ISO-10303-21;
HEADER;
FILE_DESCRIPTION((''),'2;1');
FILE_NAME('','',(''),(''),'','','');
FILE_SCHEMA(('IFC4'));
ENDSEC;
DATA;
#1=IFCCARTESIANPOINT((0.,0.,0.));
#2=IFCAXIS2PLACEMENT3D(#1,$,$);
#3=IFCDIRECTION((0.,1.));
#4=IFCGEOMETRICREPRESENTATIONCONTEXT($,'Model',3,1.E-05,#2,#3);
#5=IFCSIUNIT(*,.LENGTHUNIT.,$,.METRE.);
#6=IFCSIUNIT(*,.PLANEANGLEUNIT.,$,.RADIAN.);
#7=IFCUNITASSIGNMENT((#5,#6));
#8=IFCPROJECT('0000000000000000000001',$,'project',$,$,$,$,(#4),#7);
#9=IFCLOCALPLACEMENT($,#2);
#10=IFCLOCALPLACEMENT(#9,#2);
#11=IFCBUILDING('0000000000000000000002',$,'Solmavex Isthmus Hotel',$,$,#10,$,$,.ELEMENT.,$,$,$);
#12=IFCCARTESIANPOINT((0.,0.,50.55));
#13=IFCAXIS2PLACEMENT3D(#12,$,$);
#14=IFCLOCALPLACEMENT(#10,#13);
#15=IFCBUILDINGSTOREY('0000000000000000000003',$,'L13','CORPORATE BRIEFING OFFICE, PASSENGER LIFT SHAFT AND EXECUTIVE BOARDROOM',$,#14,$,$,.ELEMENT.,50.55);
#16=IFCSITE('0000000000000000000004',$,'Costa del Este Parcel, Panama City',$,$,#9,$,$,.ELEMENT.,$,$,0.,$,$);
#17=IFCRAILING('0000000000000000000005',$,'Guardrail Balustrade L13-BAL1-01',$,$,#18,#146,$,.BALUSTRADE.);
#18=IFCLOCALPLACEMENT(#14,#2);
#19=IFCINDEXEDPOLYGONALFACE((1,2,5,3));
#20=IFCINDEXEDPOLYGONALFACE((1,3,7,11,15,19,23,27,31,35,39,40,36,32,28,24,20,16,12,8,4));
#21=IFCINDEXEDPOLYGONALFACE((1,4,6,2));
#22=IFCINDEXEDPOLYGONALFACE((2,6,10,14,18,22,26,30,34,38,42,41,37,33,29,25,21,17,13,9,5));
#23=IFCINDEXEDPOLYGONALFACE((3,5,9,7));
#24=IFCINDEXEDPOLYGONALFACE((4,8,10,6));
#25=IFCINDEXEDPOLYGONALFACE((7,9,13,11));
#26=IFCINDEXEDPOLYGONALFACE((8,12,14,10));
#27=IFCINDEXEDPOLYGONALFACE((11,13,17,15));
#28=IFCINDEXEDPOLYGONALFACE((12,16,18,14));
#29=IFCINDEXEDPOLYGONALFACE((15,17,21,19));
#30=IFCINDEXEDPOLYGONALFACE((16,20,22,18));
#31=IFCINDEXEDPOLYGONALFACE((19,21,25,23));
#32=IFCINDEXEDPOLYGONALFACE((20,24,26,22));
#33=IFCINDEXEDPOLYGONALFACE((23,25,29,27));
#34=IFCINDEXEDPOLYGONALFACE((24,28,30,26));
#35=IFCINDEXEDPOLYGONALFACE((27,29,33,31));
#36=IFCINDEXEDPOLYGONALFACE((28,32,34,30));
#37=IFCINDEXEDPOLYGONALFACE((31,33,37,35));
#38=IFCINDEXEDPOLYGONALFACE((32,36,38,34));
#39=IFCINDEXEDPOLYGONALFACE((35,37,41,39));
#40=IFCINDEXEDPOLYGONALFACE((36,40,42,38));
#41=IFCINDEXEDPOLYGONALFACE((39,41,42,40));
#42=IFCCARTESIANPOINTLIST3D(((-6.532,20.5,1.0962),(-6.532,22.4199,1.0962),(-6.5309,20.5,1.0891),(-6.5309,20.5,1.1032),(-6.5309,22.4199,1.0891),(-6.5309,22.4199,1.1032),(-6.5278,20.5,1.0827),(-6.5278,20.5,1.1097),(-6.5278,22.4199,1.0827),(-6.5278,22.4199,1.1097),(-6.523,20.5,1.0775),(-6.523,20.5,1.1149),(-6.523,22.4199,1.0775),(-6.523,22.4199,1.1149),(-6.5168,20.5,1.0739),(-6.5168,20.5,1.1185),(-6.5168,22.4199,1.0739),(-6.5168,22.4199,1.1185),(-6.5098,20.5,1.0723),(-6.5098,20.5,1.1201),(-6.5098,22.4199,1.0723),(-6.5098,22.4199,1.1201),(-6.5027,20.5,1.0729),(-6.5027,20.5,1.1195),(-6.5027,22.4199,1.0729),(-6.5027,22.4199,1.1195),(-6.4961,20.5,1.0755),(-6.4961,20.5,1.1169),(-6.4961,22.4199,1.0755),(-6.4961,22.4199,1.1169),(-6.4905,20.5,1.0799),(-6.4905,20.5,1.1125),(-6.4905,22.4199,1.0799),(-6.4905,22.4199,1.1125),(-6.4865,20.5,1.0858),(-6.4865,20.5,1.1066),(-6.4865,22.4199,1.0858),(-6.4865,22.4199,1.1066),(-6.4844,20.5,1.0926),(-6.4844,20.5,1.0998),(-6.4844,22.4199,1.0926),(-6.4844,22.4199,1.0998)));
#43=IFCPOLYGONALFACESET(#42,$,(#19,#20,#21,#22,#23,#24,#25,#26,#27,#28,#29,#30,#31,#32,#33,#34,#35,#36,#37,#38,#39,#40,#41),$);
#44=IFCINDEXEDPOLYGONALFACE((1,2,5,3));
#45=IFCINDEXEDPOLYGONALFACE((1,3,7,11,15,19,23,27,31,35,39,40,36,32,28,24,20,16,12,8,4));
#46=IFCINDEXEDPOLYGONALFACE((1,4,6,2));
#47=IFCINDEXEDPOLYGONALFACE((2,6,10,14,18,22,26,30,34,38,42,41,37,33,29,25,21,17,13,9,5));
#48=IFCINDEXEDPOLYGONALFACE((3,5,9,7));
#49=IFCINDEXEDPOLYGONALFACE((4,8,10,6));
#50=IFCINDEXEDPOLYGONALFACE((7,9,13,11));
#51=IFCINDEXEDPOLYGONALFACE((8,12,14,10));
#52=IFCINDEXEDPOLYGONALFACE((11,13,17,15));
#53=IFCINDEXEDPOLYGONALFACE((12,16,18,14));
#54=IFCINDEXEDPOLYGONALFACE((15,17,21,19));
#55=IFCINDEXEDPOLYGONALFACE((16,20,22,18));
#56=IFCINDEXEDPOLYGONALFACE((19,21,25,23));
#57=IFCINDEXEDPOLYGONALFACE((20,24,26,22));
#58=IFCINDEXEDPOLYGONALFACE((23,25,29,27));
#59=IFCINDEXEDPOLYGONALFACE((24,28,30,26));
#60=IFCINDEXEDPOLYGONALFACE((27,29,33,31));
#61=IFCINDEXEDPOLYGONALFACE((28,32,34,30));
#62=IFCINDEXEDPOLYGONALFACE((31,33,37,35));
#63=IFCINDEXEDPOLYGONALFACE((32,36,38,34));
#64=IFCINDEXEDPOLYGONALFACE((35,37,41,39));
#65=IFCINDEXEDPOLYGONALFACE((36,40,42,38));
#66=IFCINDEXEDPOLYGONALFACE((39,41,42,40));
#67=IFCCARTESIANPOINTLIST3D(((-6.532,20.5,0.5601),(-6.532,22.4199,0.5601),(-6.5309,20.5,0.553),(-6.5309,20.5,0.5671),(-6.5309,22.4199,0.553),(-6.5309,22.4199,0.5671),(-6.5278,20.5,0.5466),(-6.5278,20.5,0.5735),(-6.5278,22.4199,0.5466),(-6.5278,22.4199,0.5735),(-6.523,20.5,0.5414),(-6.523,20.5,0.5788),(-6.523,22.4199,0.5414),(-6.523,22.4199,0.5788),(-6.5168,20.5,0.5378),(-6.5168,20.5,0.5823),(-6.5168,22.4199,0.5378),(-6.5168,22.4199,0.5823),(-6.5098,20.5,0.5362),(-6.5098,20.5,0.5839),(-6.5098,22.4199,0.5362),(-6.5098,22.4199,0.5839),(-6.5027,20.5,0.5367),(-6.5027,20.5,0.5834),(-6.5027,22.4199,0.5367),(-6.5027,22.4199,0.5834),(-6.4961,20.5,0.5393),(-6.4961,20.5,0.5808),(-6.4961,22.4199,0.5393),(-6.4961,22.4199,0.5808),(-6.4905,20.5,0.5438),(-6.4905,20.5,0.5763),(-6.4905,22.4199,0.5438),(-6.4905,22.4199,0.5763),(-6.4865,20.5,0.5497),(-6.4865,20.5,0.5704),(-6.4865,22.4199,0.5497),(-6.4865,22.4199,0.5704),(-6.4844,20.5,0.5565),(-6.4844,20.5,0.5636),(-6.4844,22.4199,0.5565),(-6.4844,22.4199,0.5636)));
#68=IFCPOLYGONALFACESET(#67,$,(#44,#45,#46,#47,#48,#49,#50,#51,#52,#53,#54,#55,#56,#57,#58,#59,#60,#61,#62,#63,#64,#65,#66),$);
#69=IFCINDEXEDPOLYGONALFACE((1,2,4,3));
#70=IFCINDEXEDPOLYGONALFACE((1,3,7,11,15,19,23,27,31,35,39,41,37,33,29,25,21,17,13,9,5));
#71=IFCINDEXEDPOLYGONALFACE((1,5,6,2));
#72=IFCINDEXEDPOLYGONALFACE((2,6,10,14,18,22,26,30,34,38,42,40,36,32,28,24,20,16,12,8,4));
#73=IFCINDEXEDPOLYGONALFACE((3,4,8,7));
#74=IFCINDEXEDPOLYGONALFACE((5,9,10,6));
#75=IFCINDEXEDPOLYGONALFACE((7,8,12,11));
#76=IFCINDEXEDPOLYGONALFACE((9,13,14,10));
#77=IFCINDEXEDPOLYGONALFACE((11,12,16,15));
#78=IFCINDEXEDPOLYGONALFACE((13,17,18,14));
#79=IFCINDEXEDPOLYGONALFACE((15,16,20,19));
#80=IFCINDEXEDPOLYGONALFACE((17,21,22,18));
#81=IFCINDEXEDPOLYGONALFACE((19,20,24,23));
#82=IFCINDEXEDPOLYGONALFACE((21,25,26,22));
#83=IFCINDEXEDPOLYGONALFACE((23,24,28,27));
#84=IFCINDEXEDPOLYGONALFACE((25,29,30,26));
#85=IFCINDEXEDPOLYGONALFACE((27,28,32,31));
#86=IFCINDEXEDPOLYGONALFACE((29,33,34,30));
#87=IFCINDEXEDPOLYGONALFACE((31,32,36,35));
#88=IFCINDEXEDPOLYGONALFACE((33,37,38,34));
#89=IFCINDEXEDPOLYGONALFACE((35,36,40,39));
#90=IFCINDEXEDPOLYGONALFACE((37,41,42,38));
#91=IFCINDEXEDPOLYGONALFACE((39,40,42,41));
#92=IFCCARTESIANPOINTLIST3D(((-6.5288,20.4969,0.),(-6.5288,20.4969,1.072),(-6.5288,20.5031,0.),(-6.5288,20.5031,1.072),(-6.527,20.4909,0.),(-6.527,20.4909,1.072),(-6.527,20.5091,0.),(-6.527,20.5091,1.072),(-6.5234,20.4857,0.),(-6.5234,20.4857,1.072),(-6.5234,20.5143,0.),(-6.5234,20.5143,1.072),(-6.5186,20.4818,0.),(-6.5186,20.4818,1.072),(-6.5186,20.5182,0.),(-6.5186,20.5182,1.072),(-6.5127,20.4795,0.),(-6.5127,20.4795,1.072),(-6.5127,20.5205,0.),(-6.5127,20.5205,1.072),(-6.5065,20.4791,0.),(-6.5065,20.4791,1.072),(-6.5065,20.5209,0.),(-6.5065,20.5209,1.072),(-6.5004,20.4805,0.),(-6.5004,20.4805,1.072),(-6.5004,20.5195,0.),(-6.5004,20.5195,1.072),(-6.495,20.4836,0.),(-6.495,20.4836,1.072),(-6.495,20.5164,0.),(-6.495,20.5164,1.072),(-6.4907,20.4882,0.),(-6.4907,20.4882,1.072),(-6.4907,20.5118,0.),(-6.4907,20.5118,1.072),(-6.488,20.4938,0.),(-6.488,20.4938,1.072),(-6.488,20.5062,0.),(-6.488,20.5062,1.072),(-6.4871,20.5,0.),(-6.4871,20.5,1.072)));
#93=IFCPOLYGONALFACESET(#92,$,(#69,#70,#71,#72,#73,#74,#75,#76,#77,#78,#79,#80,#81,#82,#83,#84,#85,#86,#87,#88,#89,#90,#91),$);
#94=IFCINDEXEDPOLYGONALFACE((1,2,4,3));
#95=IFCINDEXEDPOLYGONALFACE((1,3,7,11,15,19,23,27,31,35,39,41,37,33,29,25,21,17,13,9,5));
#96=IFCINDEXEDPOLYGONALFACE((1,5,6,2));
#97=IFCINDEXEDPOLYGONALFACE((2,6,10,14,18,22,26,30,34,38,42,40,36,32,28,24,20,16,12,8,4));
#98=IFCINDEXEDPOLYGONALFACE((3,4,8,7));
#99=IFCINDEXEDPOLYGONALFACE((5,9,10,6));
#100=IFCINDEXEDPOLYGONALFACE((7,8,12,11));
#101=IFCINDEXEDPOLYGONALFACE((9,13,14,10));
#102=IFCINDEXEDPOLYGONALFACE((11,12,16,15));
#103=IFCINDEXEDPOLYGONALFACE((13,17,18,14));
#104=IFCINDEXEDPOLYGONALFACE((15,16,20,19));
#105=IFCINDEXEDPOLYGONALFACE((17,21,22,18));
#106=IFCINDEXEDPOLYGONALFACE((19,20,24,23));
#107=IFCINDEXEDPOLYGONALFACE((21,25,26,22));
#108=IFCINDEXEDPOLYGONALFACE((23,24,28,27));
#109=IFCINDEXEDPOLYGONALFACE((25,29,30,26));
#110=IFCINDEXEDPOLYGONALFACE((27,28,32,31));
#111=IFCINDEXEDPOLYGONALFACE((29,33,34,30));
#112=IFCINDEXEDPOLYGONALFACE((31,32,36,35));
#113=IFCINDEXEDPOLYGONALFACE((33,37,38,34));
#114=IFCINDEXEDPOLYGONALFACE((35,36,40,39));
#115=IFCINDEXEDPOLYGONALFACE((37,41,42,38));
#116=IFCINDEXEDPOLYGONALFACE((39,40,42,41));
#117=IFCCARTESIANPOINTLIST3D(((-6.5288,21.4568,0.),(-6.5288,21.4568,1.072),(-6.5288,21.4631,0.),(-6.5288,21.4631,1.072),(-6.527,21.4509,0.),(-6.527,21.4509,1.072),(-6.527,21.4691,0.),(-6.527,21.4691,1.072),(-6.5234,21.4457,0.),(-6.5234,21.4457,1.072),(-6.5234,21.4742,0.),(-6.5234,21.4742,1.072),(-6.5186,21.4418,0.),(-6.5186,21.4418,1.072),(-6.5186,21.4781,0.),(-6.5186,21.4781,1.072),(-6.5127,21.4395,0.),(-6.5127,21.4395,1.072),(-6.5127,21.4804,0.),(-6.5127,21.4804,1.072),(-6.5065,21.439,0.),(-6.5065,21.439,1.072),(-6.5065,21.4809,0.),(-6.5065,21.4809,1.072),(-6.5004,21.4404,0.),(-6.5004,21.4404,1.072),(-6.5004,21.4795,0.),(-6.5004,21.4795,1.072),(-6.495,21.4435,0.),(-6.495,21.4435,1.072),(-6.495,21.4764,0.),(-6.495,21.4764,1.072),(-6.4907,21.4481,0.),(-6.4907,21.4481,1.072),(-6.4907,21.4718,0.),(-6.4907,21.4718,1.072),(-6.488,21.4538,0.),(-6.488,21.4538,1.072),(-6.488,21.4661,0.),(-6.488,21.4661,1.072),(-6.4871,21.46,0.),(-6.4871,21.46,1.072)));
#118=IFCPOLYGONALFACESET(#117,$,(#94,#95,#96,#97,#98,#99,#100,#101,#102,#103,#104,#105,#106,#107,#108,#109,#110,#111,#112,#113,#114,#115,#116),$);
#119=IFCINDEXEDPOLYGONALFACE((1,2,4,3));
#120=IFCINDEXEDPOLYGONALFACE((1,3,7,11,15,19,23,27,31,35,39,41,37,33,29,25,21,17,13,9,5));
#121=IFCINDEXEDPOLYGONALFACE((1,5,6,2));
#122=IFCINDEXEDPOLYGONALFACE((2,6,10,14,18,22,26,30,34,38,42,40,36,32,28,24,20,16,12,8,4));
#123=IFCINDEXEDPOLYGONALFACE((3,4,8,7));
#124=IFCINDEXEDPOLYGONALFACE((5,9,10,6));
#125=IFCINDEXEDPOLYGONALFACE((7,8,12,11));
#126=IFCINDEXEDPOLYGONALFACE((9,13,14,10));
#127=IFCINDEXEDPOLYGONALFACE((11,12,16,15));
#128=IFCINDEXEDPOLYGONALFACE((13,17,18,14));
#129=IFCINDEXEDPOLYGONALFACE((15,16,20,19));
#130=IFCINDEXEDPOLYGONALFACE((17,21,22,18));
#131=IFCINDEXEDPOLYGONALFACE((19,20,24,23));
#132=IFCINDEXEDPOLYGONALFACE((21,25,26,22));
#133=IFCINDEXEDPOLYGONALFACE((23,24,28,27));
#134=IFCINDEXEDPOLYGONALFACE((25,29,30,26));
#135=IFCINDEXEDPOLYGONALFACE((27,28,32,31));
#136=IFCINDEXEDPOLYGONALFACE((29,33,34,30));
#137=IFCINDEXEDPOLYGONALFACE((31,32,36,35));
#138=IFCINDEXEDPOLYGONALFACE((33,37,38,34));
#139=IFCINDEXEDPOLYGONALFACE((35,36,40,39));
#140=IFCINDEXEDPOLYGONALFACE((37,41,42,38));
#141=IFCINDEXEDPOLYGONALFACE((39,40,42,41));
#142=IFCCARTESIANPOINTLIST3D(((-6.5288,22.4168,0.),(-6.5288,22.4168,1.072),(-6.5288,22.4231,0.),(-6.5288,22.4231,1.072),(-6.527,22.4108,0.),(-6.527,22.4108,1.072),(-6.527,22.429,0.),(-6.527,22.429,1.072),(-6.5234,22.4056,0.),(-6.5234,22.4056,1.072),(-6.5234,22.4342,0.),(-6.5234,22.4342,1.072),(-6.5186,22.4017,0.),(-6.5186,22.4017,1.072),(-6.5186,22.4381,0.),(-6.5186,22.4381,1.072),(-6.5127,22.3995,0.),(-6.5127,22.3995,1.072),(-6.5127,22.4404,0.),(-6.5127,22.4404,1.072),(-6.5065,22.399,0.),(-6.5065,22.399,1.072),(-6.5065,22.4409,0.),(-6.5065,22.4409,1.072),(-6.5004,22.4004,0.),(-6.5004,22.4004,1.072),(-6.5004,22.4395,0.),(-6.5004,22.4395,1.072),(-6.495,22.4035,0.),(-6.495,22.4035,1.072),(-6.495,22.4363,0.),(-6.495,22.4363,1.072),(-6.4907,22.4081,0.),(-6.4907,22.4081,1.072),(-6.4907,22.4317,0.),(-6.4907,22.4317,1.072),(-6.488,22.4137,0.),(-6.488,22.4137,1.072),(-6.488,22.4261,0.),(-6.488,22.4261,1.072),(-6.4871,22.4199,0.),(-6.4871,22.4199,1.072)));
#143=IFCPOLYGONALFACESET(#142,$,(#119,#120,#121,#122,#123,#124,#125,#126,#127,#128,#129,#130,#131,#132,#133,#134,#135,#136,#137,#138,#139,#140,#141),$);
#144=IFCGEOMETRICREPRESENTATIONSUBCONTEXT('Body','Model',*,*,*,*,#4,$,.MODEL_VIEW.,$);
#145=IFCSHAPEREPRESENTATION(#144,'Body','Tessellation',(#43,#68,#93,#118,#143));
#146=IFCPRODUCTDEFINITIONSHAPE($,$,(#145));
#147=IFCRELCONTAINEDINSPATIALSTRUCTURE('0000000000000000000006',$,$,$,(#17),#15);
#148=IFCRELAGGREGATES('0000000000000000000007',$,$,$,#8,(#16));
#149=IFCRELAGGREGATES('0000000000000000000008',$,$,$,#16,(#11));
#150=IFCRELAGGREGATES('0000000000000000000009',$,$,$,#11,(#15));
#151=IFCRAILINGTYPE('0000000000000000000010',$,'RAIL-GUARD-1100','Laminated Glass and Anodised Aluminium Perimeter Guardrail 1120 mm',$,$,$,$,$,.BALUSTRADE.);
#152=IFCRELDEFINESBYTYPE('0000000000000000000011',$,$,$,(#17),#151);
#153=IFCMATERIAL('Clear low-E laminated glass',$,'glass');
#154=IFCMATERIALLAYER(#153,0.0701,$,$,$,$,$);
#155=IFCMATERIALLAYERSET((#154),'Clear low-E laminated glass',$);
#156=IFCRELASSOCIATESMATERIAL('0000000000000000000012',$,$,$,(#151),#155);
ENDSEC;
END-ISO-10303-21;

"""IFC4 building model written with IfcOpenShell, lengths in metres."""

from ifc_helpers import new_model, si_unit, direction, frame, origin, origin_2d, place, context, subcontext, project, spatial, circle, extrude, material, layer, layer_set, type_object, element, save


model = new_model("IFC4")

# Units and contexts
model_context = context("Model", 3, precision=1e-05, world=origin(), true_north=direction((0.0, 1.0)))
body_context = subcontext(model_context, "Body", "Model", "MODEL_VIEW")
ifc_project = project(units=[si_unit("LENGTHUNIT", "METRE"), si_unit("PLANEANGLEUNIT", "RADIAN")], contexts=[model_context])

# Site, building, storey
site_placement = place(None, origin())
site = spatial("IfcSite", under=ifc_project, at=site_placement, Name="Costa del Este Parcel, Panama City", CompositionType="ELEMENT", RefElevation=0.0)
building_placement = place(site_placement, origin())
building = spatial("IfcBuilding", under=site, at=building_placement, Name="Solmavex Isthmus Hotel", CompositionType="ELEMENT")
storey_placement = place(building_placement, frame((0.0, 0.0, 50.55)))
storey = spatial("IfcBuildingStorey", under=building, at=storey_placement, Name="L13", Description="CORPORATE BRIEFING OFFICE, PASSENGER LIFT SHAFT AND EXECUTIVE BOARDROOM", CompositionType="ELEMENT", Elevation=50.55)

# Shared definitions
ifc_material_1 = material(Name="Clear low-E laminated glass", Category="glass")

# Railing
ifc_layer_1 = layer(ifc_material_1, 0.0701)
ifc_layer_set_1 = layer_set([ifc_layer_1], Name="Clear low-E laminated glass")
railing_type = type_object("IfcRailingType", Name="RAIL-GUARD-1100", Description="Laminated Glass and Anodised Aluminium Perimeter Guardrail 1120 mm", PredefinedType="BALUSTRADE", material=ifc_layer_set_1)
railing_1_placement = place(storey_placement, frame((-6.5081, 20.5, 0.0)))
element("IfcRailing", 1, at=railing_1_placement, inside=storey, type_object=railing_type, Name="Guardrail Balustrade L13-BAL1-01", PredefinedType="BALUSTRADE", context=body_context, shape_type="SweptSolid", body=[
    extrude(circle(Radius=0.0239, at=origin_2d()), frame((0.0, 0.0, 1.0962), z_axis=(0.0, 1.0, 0.0), x_axis=(-1.0, 0.0, 0.0)), (0.0, 0.0, 1.0), 1.9199),
    extrude(circle(Radius=0.0239, at=origin_2d()), frame((0.0, 0.0, 0.5601), z_axis=(0.0, 1.0, 0.0), x_axis=(-1.0, 0.0, 0.0)), (0.0, 0.0, 1.0), 1.9199),
    extrude(circle(Radius=0.021, at=origin_2d()), origin(), (0.0, 0.0, 1.0), 1.072),
    extrude(circle(Radius=0.021, at=origin_2d()), frame((0.0, 0.96, 0.0)), (0.0, 0.0, 1.0), 1.072),
    extrude(circle(Radius=0.021, at=origin_2d()), frame((0.0, 1.9199, 0.0)), (0.0, 0.0, 1.0), 1.072),
])

save(model, "model.ifc")
